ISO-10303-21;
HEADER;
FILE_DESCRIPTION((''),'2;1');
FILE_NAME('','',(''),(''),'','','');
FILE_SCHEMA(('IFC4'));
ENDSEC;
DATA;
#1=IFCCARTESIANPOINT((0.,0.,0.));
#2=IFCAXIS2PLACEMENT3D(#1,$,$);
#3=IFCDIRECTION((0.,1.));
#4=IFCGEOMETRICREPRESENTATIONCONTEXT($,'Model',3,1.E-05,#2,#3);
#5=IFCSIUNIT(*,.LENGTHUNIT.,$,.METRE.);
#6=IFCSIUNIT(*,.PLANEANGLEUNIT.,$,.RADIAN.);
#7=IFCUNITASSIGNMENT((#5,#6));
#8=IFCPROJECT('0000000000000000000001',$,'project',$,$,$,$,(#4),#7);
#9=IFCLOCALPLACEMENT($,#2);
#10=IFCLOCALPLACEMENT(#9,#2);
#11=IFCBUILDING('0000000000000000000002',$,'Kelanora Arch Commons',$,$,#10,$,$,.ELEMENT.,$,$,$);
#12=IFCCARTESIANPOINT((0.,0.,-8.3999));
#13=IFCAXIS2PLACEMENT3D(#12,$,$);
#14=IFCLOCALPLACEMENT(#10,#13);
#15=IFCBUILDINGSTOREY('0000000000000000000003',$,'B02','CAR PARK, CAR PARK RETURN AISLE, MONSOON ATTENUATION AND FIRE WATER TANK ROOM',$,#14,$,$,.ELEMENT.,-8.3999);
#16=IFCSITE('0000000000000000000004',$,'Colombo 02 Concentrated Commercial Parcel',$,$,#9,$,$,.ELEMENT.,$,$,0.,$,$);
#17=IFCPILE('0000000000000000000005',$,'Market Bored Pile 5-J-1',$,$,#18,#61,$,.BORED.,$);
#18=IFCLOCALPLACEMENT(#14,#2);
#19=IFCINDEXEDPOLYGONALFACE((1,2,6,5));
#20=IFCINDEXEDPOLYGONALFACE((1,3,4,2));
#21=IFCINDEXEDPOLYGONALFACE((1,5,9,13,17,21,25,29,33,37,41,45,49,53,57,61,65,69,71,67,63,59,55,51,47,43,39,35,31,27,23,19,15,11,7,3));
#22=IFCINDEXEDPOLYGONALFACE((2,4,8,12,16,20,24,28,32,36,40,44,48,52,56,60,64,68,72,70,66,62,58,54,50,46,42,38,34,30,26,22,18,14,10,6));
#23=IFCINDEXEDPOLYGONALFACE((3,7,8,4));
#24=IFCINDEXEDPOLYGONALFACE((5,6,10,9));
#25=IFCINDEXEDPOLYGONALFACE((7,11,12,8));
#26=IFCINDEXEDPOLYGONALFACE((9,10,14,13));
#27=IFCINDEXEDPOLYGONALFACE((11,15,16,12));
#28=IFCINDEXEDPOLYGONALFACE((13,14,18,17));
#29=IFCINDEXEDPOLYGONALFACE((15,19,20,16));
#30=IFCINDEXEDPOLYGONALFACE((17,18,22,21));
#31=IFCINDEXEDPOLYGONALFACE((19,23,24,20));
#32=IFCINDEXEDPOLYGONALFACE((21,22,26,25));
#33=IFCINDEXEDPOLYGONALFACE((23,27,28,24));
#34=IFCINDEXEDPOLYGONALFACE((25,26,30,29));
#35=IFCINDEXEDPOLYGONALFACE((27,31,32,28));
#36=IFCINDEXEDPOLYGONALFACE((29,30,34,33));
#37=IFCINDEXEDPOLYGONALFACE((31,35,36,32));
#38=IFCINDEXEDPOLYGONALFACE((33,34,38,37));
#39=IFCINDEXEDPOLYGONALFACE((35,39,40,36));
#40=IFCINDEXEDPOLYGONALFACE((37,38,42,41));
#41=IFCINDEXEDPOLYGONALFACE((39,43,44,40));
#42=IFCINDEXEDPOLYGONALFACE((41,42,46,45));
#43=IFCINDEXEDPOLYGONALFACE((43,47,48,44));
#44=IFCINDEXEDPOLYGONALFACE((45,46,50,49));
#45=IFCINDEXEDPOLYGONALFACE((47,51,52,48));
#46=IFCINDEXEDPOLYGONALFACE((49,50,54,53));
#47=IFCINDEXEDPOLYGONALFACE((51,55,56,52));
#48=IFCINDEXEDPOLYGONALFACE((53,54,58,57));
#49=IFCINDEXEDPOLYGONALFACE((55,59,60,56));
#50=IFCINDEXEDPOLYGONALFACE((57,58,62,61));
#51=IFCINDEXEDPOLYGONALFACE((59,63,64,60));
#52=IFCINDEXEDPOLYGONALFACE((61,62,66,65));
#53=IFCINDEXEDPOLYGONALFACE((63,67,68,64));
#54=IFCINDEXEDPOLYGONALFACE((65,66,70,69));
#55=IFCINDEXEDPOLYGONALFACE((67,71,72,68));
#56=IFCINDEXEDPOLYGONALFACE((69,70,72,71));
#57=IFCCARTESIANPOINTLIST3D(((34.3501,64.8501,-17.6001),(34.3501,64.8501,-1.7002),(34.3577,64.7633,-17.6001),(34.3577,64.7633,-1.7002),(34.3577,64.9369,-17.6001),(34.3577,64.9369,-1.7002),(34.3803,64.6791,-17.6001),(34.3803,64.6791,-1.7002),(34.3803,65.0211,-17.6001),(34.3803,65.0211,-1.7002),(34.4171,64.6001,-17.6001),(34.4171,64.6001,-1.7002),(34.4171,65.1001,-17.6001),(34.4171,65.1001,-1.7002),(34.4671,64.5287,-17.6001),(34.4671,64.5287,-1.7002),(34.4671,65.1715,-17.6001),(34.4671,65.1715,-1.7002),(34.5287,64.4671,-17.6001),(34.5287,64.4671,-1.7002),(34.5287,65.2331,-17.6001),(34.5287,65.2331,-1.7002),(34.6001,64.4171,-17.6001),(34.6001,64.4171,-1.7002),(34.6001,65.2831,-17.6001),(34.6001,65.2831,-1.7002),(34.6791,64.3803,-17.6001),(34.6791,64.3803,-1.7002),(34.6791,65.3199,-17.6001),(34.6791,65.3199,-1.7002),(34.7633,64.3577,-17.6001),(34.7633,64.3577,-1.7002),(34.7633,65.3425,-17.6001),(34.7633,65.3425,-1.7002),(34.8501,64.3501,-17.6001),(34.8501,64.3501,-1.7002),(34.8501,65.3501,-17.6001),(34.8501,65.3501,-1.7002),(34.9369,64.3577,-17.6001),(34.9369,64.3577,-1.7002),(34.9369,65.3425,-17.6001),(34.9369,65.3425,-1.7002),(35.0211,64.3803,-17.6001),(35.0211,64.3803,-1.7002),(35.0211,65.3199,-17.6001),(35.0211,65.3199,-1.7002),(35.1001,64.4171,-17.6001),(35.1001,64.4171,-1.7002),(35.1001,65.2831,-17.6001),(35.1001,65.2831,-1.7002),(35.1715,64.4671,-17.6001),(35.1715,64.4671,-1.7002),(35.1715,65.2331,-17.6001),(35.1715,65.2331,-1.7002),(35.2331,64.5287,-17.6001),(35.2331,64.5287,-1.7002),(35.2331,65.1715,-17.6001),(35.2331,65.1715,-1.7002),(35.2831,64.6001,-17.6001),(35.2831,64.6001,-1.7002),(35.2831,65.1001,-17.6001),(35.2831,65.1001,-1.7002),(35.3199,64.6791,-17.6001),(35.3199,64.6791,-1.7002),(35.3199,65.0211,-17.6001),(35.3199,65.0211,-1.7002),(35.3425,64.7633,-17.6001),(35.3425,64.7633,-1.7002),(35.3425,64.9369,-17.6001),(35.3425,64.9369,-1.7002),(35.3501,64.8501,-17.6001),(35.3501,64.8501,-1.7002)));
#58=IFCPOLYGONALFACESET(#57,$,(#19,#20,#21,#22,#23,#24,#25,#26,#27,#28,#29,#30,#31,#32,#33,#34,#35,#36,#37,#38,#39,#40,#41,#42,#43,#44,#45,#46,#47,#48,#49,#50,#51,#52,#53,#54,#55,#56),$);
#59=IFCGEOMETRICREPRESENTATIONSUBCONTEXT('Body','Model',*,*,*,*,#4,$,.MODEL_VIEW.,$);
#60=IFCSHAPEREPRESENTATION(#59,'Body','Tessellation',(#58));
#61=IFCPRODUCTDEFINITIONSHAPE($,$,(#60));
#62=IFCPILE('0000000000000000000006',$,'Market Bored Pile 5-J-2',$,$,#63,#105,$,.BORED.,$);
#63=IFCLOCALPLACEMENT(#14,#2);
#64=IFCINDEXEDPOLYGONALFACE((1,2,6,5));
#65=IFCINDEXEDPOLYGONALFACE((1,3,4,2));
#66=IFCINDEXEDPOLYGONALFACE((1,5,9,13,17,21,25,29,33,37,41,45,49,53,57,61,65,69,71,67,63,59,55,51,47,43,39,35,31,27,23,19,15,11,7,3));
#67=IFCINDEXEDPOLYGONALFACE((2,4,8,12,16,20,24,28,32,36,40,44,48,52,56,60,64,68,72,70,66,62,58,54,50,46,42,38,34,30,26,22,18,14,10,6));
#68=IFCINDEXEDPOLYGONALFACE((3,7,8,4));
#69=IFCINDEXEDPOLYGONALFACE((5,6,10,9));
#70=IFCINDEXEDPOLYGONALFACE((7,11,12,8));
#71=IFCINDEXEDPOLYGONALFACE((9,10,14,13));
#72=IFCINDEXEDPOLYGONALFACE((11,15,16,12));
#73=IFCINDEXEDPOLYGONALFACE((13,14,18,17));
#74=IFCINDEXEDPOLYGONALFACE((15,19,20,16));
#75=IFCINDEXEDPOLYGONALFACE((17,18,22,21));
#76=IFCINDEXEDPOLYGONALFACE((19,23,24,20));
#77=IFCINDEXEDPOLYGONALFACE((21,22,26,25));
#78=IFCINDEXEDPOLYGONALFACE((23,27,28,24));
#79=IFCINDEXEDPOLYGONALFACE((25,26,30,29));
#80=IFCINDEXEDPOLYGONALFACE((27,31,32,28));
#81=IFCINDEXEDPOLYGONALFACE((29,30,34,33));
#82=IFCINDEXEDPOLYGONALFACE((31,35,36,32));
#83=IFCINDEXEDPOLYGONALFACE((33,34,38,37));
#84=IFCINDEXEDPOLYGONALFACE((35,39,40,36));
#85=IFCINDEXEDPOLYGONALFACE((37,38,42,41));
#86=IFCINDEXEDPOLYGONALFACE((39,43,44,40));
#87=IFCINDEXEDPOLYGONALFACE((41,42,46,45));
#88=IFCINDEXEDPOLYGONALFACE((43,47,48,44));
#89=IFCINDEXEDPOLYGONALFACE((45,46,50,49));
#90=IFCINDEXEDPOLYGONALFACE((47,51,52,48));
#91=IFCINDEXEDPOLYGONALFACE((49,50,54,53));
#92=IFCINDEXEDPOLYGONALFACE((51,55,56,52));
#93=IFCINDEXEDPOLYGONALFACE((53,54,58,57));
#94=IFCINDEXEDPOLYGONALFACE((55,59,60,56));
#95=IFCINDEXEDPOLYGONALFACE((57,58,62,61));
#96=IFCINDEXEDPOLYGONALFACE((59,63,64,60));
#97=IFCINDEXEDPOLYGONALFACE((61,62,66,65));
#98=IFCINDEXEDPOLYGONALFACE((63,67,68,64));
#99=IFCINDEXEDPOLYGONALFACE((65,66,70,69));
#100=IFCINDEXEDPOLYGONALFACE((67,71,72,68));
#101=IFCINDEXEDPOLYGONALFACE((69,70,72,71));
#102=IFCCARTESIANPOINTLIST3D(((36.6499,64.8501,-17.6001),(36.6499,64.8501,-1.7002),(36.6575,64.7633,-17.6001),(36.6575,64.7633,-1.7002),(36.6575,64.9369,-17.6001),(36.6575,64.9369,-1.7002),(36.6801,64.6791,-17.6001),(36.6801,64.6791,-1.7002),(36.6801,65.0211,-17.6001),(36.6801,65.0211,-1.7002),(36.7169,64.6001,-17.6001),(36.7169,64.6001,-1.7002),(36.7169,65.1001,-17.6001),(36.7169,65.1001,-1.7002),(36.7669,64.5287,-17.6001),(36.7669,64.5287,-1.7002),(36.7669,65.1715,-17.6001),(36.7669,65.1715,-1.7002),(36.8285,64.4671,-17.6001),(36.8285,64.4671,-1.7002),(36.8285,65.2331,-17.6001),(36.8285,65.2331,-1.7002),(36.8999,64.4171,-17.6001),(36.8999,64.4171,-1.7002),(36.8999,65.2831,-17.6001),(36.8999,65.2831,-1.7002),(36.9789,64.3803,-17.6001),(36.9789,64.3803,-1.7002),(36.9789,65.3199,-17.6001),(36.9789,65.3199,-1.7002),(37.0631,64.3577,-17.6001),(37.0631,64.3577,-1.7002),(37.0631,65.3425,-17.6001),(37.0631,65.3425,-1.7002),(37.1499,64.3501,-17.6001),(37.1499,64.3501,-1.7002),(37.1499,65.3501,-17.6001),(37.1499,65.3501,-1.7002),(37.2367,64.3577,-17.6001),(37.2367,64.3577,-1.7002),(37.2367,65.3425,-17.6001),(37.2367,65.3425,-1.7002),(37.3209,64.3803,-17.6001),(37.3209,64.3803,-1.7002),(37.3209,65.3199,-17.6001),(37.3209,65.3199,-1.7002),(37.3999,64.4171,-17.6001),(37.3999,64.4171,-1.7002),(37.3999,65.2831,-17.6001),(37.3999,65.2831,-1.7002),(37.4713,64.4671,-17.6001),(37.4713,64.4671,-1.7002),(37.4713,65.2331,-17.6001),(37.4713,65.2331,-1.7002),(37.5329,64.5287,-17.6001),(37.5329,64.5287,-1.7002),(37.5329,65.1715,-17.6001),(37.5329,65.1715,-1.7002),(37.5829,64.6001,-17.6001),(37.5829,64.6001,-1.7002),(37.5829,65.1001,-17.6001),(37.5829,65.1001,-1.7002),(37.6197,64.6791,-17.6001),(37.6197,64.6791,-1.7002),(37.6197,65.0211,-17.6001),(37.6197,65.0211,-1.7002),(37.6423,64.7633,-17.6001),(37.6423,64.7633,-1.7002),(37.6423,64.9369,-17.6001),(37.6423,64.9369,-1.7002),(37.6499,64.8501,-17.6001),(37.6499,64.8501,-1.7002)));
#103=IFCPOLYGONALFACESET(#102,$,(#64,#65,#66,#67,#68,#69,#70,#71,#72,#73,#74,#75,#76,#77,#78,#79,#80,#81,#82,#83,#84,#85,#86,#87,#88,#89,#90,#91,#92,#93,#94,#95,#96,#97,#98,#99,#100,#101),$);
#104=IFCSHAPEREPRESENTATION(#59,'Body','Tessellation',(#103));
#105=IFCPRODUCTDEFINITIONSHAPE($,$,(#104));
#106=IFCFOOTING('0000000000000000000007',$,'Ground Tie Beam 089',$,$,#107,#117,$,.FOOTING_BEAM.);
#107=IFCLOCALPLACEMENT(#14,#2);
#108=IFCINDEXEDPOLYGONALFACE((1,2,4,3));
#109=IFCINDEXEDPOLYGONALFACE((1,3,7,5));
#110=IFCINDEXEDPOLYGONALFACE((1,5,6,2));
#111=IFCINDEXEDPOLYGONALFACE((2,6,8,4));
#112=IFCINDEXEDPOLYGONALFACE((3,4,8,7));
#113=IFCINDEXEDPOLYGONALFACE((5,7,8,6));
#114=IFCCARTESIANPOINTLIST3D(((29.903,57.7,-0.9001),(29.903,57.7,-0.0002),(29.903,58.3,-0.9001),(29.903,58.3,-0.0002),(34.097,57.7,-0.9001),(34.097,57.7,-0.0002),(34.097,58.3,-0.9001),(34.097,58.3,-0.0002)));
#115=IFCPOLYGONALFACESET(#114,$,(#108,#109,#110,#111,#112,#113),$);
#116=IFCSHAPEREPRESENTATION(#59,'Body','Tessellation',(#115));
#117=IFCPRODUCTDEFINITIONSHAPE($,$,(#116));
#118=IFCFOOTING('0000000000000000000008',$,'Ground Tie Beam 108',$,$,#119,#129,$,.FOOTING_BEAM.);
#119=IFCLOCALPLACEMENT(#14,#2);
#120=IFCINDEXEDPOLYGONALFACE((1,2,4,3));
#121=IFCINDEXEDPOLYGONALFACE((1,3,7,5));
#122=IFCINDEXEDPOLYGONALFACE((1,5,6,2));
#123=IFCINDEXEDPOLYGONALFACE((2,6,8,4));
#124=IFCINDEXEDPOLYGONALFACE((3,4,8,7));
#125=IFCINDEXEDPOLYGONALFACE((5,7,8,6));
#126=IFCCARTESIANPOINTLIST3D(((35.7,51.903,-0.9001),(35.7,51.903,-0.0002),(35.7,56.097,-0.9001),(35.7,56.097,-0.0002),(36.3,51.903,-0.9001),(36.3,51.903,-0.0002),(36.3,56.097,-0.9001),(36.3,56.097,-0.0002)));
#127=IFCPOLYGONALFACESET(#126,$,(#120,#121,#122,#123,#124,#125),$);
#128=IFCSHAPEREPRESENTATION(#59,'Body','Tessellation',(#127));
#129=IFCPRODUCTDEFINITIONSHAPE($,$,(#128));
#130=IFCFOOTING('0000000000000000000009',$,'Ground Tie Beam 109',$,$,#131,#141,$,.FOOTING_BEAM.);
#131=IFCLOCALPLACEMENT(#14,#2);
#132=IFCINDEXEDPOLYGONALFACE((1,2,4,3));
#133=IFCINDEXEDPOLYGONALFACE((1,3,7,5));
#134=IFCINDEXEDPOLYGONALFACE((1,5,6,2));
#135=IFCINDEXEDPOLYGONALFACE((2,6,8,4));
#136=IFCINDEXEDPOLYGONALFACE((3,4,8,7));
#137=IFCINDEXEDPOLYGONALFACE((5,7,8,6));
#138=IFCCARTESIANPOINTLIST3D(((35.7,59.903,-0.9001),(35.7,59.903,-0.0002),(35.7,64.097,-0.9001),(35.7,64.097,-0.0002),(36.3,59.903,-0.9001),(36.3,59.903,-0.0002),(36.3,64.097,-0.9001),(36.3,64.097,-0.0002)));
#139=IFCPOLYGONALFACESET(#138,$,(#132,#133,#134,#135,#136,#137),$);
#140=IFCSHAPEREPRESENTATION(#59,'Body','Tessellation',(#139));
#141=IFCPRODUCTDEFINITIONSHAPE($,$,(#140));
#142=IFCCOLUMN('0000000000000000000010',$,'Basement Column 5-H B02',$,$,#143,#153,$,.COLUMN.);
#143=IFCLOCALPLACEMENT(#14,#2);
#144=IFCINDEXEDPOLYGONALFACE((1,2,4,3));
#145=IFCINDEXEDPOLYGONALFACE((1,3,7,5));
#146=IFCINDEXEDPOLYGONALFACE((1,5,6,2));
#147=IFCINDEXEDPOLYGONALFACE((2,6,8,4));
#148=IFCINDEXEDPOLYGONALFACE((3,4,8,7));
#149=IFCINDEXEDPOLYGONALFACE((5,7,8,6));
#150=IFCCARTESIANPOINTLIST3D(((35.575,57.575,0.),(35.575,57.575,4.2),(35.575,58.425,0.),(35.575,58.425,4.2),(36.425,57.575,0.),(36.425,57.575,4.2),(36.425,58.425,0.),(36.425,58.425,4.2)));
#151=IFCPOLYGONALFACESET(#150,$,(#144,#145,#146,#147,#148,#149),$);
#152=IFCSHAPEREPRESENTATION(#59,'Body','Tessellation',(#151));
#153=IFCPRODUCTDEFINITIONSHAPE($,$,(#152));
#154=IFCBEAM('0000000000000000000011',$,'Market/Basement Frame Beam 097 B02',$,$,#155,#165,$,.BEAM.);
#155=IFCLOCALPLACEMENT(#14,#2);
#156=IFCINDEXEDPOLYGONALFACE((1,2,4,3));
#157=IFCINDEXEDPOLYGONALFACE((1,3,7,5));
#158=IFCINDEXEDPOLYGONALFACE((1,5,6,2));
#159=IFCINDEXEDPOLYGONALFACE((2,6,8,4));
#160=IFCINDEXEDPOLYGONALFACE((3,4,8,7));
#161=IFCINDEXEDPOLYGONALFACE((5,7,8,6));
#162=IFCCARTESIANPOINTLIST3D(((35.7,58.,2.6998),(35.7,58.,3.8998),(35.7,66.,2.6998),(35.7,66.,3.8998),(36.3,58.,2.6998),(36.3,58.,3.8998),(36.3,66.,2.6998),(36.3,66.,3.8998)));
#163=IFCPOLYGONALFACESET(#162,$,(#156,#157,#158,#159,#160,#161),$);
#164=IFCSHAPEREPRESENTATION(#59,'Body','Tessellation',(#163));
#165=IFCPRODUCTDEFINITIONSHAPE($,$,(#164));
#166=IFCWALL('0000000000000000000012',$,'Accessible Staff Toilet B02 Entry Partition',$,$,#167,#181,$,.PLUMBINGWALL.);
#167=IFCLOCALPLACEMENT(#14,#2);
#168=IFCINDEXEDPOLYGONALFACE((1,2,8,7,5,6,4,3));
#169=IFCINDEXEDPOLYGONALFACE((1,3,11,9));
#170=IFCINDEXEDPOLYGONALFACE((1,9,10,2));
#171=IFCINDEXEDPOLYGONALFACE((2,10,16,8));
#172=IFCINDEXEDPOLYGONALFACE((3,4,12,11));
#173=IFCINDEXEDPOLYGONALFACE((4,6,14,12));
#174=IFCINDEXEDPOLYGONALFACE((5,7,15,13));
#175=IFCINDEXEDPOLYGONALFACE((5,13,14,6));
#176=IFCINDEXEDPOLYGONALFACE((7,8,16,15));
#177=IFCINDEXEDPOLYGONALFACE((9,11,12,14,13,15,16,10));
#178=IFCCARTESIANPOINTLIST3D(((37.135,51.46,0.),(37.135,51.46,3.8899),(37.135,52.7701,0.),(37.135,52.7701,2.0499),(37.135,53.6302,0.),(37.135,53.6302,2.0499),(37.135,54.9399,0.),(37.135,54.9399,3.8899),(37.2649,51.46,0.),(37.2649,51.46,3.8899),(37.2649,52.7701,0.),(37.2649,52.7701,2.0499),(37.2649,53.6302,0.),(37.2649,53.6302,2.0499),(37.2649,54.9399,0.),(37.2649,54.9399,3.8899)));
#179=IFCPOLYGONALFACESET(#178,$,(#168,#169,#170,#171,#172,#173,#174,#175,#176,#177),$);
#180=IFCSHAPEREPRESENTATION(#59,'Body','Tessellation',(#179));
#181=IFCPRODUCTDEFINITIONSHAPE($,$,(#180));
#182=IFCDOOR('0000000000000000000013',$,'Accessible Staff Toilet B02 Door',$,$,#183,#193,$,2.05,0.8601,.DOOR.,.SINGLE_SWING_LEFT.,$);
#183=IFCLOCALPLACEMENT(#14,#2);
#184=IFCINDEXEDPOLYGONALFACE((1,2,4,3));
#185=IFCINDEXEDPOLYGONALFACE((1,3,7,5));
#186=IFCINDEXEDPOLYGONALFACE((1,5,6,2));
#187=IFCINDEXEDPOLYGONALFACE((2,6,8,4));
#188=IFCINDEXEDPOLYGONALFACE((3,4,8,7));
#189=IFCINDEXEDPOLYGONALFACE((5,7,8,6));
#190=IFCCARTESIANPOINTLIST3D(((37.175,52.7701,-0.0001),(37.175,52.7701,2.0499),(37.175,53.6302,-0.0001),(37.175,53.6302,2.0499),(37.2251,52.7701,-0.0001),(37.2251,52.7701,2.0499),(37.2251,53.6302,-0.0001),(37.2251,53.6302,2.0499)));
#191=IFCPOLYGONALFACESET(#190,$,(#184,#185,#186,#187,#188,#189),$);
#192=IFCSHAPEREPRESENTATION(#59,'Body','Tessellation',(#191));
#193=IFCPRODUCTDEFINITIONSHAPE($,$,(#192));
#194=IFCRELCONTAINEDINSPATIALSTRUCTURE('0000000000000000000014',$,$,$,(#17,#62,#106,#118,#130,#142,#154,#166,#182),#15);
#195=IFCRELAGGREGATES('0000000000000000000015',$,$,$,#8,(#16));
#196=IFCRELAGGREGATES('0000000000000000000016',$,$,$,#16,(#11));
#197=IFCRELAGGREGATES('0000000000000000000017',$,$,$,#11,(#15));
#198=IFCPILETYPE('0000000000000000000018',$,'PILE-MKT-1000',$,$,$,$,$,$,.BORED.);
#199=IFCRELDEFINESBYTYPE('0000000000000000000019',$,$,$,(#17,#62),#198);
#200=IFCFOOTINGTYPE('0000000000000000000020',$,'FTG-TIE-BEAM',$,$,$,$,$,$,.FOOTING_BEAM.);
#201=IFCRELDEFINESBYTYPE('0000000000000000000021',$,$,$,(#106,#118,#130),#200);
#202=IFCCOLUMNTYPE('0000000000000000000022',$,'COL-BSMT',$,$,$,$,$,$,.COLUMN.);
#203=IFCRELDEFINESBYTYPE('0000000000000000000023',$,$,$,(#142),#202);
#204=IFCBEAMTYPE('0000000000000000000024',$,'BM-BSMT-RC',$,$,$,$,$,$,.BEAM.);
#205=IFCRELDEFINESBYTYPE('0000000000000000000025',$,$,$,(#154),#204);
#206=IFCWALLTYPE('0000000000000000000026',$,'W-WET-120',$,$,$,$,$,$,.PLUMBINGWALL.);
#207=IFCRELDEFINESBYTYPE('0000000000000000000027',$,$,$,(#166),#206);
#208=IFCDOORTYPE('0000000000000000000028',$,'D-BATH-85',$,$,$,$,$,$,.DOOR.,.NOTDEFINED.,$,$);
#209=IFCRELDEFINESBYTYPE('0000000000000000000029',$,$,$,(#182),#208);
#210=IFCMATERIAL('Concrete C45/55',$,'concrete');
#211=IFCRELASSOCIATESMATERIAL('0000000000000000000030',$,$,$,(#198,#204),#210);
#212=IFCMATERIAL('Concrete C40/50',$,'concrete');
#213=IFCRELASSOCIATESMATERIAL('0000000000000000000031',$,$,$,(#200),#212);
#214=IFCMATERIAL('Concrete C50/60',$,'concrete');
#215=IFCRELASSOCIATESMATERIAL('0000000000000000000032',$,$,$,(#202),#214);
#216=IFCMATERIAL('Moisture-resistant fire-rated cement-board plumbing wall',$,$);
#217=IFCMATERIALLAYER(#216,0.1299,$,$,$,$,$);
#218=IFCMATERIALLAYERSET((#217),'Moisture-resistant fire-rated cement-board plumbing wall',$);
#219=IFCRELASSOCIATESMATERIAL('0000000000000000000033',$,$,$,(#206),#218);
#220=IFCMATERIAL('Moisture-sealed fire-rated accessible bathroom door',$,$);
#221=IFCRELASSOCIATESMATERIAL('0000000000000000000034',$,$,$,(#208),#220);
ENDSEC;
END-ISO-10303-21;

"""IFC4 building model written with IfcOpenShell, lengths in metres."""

from ifc_helpers import new_model, si_unit, direction, frame, frame_2d, origin, origin_2d, place, context, subcontext, project, spatial, rectangle, circle, extrude, source, transform, mapped, material, layer, layer_set, material_profile, profile_set, type_object, element, fill, save


model = new_model("IFC4")

# Units and contexts
model_context = context("Model", 3, precision=1e-05, world=origin(), true_north=direction((0.0, 1.0)))
body_context = subcontext(model_context, "Body", "Model", "MODEL_VIEW")
ifc_project = project(units=[si_unit("LENGTHUNIT", "METRE"), si_unit("PLANEANGLEUNIT", "RADIAN")], contexts=[model_context])

# Site, building, storey
site_placement = place(None, origin())
site = spatial("IfcSite", under=ifc_project, at=site_placement, Name="Colombo 02 Concentrated Commercial Parcel", CompositionType="ELEMENT", RefElevation=0.0)
building_placement = place(site_placement, origin())
building = spatial("IfcBuilding", under=site, at=building_placement, Name="Kelanora Arch Commons", CompositionType="ELEMENT")
storey_placement = place(building_placement, frame((0.0, 0.0, -8.3999)))
storey = spatial("IfcBuildingStorey", under=building, at=storey_placement, Name="B02", Description="CAR PARK, CAR PARK RETURN AISLE, MONSOON ATTENUATION AND FIRE WATER TANK ROOM", CompositionType="ELEMENT", Elevation=-8.3999)

# Shared definitions
ifc_material_1 = material(Name="Concrete C40/50", Category="concrete")

# Piles
ifc_material_2 = material(Name="Concrete C45/55", Category="concrete")
ifc_material_profile_1 = material_profile(ifc_material_2, circle(Radius=0.5, at=origin_2d()), Name="PILE1000")
ifc_profile_set_1 = profile_set([ifc_material_profile_1], Name="Concrete C45/55")
pile_type = type_object("IfcPileType", Name="PILE-MKT-1000", PredefinedType="BORED", material=ifc_profile_set_1)
shared_shape_1 = source(origin(), body_context, "Body", "SweptSolid", [
    extrude(circle(Radius=0.5, at=origin_2d()), origin(), (0.0, 0.0, 1.0), 15.8999),
])
for number, where, z_axis, x_axis, name in (
    (1, (34.8501, 64.8501, -1.7002), (0.0, 0.0, -1.0), (1.0, 0.0, 0.0), "Market Bored Pile 5-J-1"),
    (2, (37.1499, 64.8501, -1.7002), (0.0, 0.0, -1.0), (1.0, 0.0, 0.0), "Market Bored Pile 5-J-2"),
):
    element("IfcPile", number, at=place(storey_placement, frame(where, z_axis=z_axis, x_axis=x_axis)), inside=storey, type_object=pile_type, Name=name, PredefinedType="BORED", context=body_context, shape_type="MappedRepresentation", body=[
        mapped(shared_shape_1, transform((0.0, 0.0, 0.0), scale=1.0)),
    ])

# Footings
footing_type_1 = type_object("IfcFootingType", Name="FTG-TIE-BEAM", PredefinedType="FOOTING_BEAM", material=ifc_material_1)
shared_shape_2 = source(origin(), body_context, "Body", "SweptSolid", [
    extrude(rectangle(XDim=4.1941, YDim=0.6001, at=origin_2d()), origin(), (0.0, 0.0, 1.0), 0.8999),
])
for number, where, z_axis, x_axis, name in (
    (3, (32.0, 58.0, -0.9001), (0.0, 0.0, 1.0), (1.0, 0.0, 0.0), "Ground Tie Beam 089"),
    (4, (36.0, 54.0, -0.9001), (0.0, 0.0, 1.0), (0.0, 1.0, 0.0), "Ground Tie Beam 108"),
    (5, (36.0, 62.0, -0.9001), (0.0, 0.0, 1.0), (0.0, 1.0, 0.0), "Ground Tie Beam 109"),
):
    element("IfcFooting", number, at=place(storey_placement, frame(where, z_axis=z_axis, x_axis=x_axis)), inside=storey, type_object=footing_type_1, Name=name, PredefinedType="FOOTING_BEAM", context=body_context, shape_type="MappedRepresentation", body=[
        mapped(shared_shape_2, transform((0.0, 0.0, 0.0), scale=1.0)),
    ])

# Column
ifc_material_3 = material(Name="Concrete C50/60", Category="concrete")
ifc_material_profile_2 = material_profile(ifc_material_3, rectangle(XDim=0.8501, YDim=0.8501, at=origin_2d()), Name="RC850x850")
ifc_profile_set_2 = profile_set([ifc_material_profile_2], Name="Concrete C50/60")
column_type = type_object("IfcColumnType", Name="COL-BSMT", PredefinedType="COLUMN", material=ifc_profile_set_2)
column_placement = place(storey_placement, frame((36.0, 58.0, 0.0), z_axis=(0.0, 0.0, 1.0), x_axis=(1.0, 0.0, 0.0)))
element("IfcColumn", 6, at=column_placement, inside=storey, type_object=column_type, Name="Basement Column 5-H B02", PredefinedType="COLUMN", context=body_context, shape_type="SweptSolid", body=[
    extrude(rectangle(XDim=0.8501, YDim=0.8501, at=origin_2d()), origin(), (0.0, 0.0, 1.0), 4.2),
])

# Beam
ifc_material_profile_3 = material_profile(ifc_material_2, rectangle(XDim=0.6001, YDim=1.2, at=origin_2d()), Name="RCB600x1200")
ifc_profile_set_3 = profile_set([ifc_material_profile_3], Name="Concrete C45/55")
beam_type = type_object("IfcBeamType", Name="BM-BSMT-RC", PredefinedType="BEAM", material=ifc_profile_set_3)
beam_placement = place(storey_placement, frame((36.0, 58.0, 3.2998), z_axis=(0.0, 1.0, 0.0), x_axis=(-1.0, 0.0, 0.0)))
element("IfcBeam", 7, at=beam_placement, inside=storey, type_object=beam_type, Name="Market/Basement Frame Beam 097 B02", PredefinedType="BEAM", context=body_context, shape_type="SweptSolid", body=[
    extrude(rectangle(XDim=0.6001, YDim=1.2, at=origin_2d()), origin(), (0.0, 0.0, 1.0), 8.0),
])

# Wall, opening, door
ifc_material_4 = material(Name="Moisture-resistant fire-rated cement-board plumbing wall")
ifc_layer = layer(ifc_material_4, 0.1299)
ifc_layer_set = layer_set([ifc_layer], Name="Moisture-resistant fire-rated cement-board plumbing wall")
wall_type = type_object("IfcWallType", Name="W-WET-120", PredefinedType="PLUMBINGWALL", material=ifc_layer_set)
wall_1_placement = place(storey_placement, frame((37.2, 51.46, 0.0), z_axis=(0.0, 0.0, 1.0), x_axis=(0.0, 1.0, 0.0)))
wall_1 = element("IfcWall", 8, at=wall_1_placement, inside=storey, type_object=wall_type, Name="Accessible Staff Toilet B02 Entry Partition", PredefinedType="PLUMBINGWALL", context=body_context, shape_type="SweptSolid", body=[
    extrude(rectangle(XDim=3.48, YDim=0.1299, at=frame_2d((1.74, 0.0))), origin(), (0.0, 0.0, 1.0), 3.8899),
])
opening_placement = place(wall_1_placement, frame((1.3101, 0.0, 0.0)))
opening = element("IfcOpeningElement", 9, at=opening_placement, cuts=wall_1, PredefinedType="OPENING", context=body_context, shape_type="SweptSolid", body=[
    extrude(rectangle(XDim=0.8601, YDim=2.05, at=frame_2d((0.4302, 1.0249))), frame((0.0, 0.075, 0.0), z_axis=(0.0, -1.0, 0.0), x_axis=(1.0, 0.0, 0.0)), (0.0, 0.0, 1.0), 0.1499),
])
ifc_material_5 = material(Name="Moisture-sealed fire-rated accessible bathroom door")
door_type = type_object("IfcDoorType", Name="D-BATH-85", OperationType="NOTDEFINED", PredefinedType="DOOR", material=ifc_material_5)
door_placement = place(opening_placement, origin())
door = element("IfcDoor", 10, at=door_placement, inside=storey, type_object=door_type, Name="Accessible Staff Toilet B02 Door", OperationType="SINGLE_SWING_LEFT", OverallHeight=2.05, OverallWidth=0.8601, PredefinedType="DOOR", context=body_context, shape_type="SweptSolid", body=[
    extrude(rectangle(XDim=0.8601, YDim=2.05, at=frame_2d((0.4302, 1.0249))), frame((0.0, 0.0249, 0.0), z_axis=(0.0, -1.0, 0.0), x_axis=(1.0, 0.0, 0.0)), (0.0, 0.0, 1.0), 0.05),
])
fill(opening, door)

save(model, "model.ifc")
